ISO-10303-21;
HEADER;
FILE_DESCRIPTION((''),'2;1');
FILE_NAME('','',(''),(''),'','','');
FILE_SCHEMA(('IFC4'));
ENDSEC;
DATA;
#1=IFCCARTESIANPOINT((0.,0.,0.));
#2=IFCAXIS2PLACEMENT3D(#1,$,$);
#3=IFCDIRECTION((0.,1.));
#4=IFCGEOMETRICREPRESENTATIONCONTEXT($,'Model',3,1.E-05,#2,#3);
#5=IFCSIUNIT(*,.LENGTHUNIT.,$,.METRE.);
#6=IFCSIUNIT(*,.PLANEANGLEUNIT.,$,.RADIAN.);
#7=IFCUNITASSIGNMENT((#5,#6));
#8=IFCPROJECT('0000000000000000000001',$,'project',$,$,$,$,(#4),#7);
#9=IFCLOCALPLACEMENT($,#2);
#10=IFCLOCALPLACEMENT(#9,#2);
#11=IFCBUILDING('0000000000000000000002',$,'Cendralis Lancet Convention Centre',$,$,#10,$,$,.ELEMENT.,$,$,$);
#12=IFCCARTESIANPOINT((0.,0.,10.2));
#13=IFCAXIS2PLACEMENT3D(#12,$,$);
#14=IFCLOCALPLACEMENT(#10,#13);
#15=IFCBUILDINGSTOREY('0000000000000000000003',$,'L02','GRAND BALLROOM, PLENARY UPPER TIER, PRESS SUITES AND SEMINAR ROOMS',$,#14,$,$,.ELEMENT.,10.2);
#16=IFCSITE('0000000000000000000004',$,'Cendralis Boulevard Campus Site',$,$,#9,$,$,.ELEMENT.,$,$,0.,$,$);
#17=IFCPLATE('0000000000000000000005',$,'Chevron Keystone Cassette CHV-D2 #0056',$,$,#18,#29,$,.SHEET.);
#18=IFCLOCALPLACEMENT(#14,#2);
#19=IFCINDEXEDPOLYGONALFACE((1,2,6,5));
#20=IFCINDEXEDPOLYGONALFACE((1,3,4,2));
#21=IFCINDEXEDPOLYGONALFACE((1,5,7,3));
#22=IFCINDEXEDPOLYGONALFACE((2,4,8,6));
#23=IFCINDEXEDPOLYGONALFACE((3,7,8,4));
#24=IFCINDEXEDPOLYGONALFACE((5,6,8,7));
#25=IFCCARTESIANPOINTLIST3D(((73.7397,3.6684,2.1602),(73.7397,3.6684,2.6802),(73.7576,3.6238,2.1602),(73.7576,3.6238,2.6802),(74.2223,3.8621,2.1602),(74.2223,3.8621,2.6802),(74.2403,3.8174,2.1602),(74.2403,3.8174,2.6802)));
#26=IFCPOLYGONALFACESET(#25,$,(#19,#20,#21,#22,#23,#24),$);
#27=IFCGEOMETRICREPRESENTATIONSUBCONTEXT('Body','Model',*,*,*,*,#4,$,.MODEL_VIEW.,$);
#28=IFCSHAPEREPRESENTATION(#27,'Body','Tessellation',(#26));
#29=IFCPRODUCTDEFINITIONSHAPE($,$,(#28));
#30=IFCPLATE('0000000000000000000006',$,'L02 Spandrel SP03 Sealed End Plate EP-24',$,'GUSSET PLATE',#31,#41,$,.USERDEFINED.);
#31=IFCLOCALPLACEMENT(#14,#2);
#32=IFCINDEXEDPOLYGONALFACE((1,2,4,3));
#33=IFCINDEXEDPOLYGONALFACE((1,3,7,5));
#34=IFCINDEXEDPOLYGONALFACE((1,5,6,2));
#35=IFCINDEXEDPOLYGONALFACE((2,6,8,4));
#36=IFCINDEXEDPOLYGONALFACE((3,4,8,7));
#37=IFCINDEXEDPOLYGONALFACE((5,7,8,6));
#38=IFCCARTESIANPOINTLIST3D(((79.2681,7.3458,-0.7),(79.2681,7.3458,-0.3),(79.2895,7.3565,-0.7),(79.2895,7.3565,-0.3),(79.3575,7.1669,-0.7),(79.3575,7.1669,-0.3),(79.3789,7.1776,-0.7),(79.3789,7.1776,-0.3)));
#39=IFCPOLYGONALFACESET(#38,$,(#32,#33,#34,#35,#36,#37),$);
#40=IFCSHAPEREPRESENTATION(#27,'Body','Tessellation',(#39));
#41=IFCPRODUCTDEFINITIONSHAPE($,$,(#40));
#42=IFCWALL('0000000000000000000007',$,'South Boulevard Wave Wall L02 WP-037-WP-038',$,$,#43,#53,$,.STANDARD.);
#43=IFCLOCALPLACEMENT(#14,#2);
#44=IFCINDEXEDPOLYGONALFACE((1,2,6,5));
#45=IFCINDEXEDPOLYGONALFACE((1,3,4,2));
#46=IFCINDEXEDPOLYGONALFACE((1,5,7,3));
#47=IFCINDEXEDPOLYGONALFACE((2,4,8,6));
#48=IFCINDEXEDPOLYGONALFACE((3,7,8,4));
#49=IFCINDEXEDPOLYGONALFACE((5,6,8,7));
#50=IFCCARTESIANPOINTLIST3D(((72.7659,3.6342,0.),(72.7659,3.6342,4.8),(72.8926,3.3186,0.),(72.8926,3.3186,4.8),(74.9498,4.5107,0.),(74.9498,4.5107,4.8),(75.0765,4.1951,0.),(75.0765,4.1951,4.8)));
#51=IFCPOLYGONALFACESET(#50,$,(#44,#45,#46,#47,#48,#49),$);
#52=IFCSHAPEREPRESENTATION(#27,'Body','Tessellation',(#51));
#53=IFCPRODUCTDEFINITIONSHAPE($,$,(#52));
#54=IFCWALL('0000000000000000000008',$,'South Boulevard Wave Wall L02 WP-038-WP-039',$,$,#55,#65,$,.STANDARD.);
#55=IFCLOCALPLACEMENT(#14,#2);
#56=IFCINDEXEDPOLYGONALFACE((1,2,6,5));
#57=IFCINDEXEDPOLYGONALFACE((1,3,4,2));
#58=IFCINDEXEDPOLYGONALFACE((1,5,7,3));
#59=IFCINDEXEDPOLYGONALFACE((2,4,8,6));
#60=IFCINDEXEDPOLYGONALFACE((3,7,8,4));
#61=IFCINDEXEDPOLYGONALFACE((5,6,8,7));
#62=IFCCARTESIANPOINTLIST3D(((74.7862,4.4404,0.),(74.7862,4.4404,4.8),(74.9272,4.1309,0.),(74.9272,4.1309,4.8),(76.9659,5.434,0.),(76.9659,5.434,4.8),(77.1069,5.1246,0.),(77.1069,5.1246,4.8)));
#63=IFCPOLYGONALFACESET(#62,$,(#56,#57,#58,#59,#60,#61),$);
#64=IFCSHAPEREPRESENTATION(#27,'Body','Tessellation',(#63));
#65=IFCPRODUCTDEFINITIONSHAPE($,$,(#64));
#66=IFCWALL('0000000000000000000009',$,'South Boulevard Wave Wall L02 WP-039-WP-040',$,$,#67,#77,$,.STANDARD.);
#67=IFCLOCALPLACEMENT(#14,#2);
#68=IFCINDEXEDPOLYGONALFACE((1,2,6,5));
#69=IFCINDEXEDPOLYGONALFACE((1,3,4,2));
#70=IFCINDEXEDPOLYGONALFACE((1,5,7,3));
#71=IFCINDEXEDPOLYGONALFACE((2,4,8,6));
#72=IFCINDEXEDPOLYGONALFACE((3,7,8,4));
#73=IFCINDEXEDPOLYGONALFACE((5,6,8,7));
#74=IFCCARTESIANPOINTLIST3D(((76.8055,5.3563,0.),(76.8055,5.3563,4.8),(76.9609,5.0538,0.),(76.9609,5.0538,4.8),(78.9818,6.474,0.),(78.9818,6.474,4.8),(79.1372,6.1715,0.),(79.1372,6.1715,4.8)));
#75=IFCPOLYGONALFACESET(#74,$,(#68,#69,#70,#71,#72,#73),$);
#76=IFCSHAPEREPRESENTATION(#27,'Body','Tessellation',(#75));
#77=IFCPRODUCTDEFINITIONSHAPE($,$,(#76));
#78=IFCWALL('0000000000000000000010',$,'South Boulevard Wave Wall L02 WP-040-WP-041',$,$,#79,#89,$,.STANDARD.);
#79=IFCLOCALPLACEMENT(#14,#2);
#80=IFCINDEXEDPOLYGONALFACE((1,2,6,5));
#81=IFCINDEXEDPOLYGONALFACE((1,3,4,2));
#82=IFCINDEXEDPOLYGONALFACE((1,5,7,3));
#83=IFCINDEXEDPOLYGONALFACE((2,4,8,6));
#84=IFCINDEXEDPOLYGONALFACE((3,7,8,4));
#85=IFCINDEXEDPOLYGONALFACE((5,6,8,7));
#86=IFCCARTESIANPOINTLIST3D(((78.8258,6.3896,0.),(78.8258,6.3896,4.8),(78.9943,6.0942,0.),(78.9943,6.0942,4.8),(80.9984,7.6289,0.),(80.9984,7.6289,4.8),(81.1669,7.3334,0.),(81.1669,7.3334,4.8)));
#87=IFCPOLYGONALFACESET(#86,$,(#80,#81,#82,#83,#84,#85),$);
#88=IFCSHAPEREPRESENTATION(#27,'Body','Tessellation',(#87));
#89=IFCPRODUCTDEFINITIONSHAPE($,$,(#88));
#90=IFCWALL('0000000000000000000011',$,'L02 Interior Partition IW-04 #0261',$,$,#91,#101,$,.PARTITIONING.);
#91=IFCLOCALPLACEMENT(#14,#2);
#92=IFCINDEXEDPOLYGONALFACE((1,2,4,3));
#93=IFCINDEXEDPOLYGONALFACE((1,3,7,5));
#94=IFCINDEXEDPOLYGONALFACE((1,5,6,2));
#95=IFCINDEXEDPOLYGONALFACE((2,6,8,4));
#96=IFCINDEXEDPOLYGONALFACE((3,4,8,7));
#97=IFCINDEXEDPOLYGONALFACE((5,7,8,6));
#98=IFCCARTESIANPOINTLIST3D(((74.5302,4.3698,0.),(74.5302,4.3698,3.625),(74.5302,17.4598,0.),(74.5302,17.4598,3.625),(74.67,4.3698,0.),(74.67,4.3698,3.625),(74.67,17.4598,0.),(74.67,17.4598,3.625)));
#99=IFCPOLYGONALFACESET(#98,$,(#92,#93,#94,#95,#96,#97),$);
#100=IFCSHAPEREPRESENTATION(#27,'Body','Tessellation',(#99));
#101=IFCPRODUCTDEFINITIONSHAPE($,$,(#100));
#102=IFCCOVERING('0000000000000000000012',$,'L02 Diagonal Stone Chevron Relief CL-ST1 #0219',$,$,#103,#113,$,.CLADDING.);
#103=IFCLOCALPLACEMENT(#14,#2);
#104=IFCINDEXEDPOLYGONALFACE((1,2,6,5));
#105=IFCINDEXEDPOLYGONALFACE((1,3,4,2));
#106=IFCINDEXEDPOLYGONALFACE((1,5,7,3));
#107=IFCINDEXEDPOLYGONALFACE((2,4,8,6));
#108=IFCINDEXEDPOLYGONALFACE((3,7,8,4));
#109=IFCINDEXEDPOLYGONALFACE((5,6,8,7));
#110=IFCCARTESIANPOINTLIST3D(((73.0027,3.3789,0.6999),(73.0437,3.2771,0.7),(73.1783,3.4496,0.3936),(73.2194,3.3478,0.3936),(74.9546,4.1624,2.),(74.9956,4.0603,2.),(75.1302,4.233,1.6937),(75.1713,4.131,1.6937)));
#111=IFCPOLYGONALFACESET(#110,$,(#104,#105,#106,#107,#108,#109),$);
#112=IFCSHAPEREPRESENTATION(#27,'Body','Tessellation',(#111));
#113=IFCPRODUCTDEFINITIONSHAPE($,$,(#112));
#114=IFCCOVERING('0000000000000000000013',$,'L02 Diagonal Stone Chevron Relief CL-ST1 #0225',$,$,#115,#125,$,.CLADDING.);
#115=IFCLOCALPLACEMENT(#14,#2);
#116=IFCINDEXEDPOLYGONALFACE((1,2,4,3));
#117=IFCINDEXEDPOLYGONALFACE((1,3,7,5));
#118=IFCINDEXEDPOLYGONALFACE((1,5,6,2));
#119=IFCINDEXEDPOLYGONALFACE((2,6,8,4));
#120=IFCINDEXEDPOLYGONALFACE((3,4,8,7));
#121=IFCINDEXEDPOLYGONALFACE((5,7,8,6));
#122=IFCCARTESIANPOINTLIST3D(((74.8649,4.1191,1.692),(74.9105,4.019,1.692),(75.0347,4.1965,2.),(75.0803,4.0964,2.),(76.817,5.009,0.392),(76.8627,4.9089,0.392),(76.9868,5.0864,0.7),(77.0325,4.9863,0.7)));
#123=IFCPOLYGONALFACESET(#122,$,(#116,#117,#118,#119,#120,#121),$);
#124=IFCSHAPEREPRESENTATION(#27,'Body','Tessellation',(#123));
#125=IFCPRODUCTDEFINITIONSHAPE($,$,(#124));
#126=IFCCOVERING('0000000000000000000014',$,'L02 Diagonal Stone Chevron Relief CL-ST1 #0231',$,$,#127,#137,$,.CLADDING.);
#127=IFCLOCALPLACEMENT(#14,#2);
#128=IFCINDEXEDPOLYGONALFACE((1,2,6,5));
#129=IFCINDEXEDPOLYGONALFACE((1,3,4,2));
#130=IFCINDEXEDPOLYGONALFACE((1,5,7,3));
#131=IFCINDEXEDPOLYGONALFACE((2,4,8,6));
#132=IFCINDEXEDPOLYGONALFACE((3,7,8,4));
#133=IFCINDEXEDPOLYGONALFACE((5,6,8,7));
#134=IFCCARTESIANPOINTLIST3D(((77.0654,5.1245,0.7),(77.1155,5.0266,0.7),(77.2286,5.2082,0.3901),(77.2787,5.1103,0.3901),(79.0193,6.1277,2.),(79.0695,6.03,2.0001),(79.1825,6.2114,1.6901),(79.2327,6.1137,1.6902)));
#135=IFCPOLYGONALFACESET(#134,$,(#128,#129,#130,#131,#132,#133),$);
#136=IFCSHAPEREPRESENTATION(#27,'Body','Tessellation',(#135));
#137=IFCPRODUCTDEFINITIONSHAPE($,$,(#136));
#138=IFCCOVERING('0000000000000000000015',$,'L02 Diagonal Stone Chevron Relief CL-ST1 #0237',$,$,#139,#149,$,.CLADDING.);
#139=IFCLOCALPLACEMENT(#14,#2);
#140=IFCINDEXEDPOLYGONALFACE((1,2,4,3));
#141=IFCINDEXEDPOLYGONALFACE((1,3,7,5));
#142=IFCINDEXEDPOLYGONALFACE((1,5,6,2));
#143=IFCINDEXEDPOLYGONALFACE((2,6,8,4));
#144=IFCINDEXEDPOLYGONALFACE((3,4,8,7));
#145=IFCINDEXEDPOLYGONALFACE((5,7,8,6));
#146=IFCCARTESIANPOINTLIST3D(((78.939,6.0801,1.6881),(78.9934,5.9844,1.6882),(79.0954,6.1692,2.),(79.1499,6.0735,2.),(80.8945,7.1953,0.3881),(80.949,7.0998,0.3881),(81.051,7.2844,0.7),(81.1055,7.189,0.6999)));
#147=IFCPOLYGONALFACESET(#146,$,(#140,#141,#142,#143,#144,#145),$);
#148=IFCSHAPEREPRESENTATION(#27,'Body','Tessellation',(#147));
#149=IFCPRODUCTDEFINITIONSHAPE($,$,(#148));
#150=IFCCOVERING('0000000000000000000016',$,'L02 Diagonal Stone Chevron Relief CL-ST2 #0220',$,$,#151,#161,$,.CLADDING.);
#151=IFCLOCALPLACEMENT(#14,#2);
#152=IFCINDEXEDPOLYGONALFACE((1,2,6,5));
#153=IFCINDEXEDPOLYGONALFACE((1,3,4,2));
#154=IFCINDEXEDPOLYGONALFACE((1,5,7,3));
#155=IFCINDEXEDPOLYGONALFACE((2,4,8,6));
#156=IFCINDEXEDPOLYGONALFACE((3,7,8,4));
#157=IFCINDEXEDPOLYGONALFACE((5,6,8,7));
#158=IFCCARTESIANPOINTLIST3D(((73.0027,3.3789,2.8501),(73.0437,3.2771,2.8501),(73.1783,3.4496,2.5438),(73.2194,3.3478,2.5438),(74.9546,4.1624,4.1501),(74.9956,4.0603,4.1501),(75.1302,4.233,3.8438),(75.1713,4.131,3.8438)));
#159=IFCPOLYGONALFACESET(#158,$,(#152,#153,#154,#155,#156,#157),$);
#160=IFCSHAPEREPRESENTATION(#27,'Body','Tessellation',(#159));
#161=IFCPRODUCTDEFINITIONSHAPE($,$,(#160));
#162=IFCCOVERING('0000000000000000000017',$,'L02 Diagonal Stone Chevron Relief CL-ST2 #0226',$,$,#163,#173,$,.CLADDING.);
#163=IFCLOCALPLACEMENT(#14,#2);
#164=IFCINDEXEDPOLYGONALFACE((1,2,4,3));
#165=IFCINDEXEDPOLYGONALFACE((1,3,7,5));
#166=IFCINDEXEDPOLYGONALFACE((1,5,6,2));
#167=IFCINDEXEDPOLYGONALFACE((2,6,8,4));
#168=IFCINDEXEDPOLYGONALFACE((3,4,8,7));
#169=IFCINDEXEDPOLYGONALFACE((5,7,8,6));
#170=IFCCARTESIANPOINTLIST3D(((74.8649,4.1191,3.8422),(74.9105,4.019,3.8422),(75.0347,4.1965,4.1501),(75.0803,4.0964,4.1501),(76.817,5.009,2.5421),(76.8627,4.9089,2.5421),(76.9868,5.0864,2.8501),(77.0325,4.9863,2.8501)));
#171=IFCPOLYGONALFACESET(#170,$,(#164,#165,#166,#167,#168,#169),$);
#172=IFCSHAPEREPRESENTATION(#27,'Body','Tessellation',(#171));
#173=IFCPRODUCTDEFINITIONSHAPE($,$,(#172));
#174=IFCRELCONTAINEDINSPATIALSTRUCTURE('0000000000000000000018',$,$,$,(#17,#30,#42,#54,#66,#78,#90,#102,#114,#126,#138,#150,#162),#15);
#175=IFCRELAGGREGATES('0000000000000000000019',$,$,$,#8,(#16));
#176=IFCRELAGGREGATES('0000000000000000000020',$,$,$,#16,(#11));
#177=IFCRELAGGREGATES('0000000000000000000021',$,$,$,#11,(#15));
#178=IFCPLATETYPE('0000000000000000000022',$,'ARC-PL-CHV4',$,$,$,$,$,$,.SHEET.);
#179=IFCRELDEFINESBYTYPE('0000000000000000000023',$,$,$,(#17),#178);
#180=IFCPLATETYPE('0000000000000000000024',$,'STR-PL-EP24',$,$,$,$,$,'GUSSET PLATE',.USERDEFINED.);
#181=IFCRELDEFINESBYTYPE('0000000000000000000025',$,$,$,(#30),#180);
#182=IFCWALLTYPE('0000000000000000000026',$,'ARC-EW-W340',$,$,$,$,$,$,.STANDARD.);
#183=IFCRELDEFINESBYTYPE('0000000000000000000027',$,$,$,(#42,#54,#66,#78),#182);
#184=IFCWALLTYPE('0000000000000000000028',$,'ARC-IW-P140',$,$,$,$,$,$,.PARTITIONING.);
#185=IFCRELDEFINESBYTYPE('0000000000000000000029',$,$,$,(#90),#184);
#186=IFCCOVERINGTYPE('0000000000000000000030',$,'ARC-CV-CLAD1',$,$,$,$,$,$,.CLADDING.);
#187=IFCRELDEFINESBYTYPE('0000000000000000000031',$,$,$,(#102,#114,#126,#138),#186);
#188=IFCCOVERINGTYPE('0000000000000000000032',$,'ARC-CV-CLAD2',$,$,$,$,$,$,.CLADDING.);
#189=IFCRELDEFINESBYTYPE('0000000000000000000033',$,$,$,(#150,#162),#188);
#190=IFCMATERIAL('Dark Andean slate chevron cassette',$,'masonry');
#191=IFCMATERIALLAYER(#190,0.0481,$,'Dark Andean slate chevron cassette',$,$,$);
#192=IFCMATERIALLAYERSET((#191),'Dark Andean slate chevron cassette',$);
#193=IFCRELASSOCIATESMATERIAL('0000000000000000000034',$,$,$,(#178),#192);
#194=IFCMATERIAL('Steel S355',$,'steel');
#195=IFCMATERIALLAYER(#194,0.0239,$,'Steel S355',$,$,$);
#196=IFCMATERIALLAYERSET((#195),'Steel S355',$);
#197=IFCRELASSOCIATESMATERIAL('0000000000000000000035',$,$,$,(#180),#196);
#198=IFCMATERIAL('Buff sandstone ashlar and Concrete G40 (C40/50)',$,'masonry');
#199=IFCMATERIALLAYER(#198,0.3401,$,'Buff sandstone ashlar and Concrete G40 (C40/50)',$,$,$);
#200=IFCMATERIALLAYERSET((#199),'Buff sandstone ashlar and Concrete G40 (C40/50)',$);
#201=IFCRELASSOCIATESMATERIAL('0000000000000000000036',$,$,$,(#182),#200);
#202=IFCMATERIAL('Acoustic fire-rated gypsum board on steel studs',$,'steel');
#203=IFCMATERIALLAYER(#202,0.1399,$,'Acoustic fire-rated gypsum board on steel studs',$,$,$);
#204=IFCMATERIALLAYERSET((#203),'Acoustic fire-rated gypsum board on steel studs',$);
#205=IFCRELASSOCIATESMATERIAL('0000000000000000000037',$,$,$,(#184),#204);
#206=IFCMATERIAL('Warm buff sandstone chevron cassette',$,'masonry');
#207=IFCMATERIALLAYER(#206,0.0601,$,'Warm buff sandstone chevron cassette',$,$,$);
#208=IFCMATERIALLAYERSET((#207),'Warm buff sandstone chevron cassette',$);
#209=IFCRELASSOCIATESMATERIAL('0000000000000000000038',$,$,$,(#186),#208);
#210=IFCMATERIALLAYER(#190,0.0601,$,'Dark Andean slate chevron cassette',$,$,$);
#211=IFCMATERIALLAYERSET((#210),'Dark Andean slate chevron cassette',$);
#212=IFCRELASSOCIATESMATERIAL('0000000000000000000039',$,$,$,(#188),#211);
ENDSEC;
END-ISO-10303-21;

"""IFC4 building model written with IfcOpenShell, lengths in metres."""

from ifc_helpers import new_model, si_unit, direction, frame, frame_2d, origin, origin_2d, place, context, subcontext, project, spatial, polyline, rectangle, outline, extrude, material, layer, layer_set, type_object, element, save


model = new_model("IFC4")

# Units and contexts
model_context = context("Model", 3, precision=1e-05, world=origin(), true_north=direction((0.0, 1.0)))
body_context = subcontext(model_context, "Body", "Model", "MODEL_VIEW")
ifc_project = project(units=[si_unit("LENGTHUNIT", "METRE"), si_unit("PLANEANGLEUNIT", "RADIAN")], contexts=[model_context])

# Site, building, storey
site_placement = place(None, origin())
site = spatial("IfcSite", under=ifc_project, at=site_placement, Name="Cendralis Boulevard Campus Site", CompositionType="ELEMENT", RefElevation=0.0)
building_placement = place(site_placement, origin())
building = spatial("IfcBuilding", under=site, at=building_placement, Name="Cendralis Lancet Convention Centre", CompositionType="ELEMENT")
storey_placement = place(building_placement, frame((0.0, 0.0, 10.2)))
storey = spatial("IfcBuildingStorey", under=building, at=storey_placement, Name="L02", Description="GRAND BALLROOM, PLENARY UPPER TIER, PRESS SUITES AND SEMINAR ROOMS", CompositionType="ELEMENT", Elevation=10.2)

# Shared definitions
ifc_material_1 = material(Name="Steel S355", Category="steel")

# Plates
ifc_material_2 = material(Name="Warm buff sandstone chevron cassette", Category="masonry")
ifc_material_3 = material(Name="Dark Andean slate chevron cassette", Category="masonry")
ifc_layer_1 = layer(ifc_material_3, 0.0481, Name="Dark Andean slate chevron cassette")
ifc_layer_set_1 = layer_set([ifc_layer_1], Name="Dark Andean slate chevron cassette")
plate_type_1 = type_object("IfcPlateType", Name="ARC-PL-CHV4", PredefinedType="SHEET", material=ifc_layer_set_1)
plate_1_placement = place(storey_placement, frame((73.99, 3.7429, 2.1602), z_axis=(0.0, 0.0, 1.0), x_axis=(0.928064, 0.372421, 0.0)))
element("IfcPlate", 1, at=plate_1_placement, inside=storey, type_object=plate_type_1, Name="Chevron Keystone Cassette CHV-D2 #0056", PredefinedType="SHEET", context=body_context, shape_type="SweptSolid", body=[
    extrude(rectangle(XDim=0.52, YDim=0.0481, at=origin_2d()), origin(), (0.0, 0.0, 1.0), 0.52),
])
ifc_layer_2 = layer(ifc_material_1, 0.0239, Name="Steel S355")
ifc_layer_set_2 = layer_set([ifc_layer_2], Name="Steel S355")
plate_type_2 = type_object("IfcPlateType", Name="STR-PL-EP24", ElementType="GUSSET PLATE", PredefinedType="USERDEFINED", material=ifc_layer_set_2)
plate_2_placement = place(storey_placement, frame((79.3235, 7.2617, -0.7), z_axis=(0.0, 0.0, 1.0), x_axis=(0.894427, 0.447214, 0.0)))
element("IfcPlate", 2, at=plate_2_placement, inside=storey, type_object=plate_type_2, Name="L02 Spandrel SP03 Sealed End Plate EP-24", ObjectType="GUSSET PLATE", PredefinedType="USERDEFINED", context=body_context, shape_type="SweptSolid", body=[
    extrude(rectangle(XDim=0.0239, YDim=0.2, at=origin_2d()), origin(), (0.0, 0.0, 1.0), 0.3999),
])

# Walls
ifc_material_4 = material(Name="Buff sandstone ashlar and Concrete G40 (C40/50)", Category="masonry")
ifc_layer_3 = layer(ifc_material_4, 0.3401, Name="Buff sandstone ashlar and Concrete G40 (C40/50)")
ifc_layer_set_3 = layer_set([ifc_layer_3], Name="Buff sandstone ashlar and Concrete G40 (C40/50)")
wall_type_1 = type_object("IfcWallType", Name="ARC-EW-W340", PredefinedType="STANDARD", material=ifc_layer_set_3)
wall_1_placement = place(storey_placement, frame((72.8291, 3.4763, 0.0), z_axis=(0.0, 0.0, 1.0), x_axis=(0.928047, 0.372464, 0.0)))
element("IfcWall", 3, at=wall_1_placement, inside=storey, type_object=wall_type_1, Name="South Boulevard Wave Wall L02 WP-037-WP-038", PredefinedType="STANDARD", context=body_context, shape_type="SweptSolid", body=[
    extrude(rectangle(XDim=2.3533, YDim=0.3401, at=frame_2d((1.1768, 0.0))), origin(), (0.0, 0.0, 1.0), 4.8),
])
wall_2_placement = place(storey_placement, frame((74.8567, 4.2856, 0.0), z_axis=(0.0, 0.0, 1.0), x_axis=(0.909912, 0.414801, 0.0)))
element("IfcWall", 4, at=wall_2_placement, inside=storey, type_object=wall_type_1, Name="South Boulevard Wave Wall L02 WP-038-WP-039", PredefinedType="STANDARD", context=body_context, shape_type="SweptSolid", body=[
    extrude(rectangle(XDim=2.3955, YDim=0.3401, at=frame_2d((1.1978, 0.0))), origin(), (0.0, 0.0, 1.0), 4.8),
])
wall_3_placement = place(storey_placement, frame((76.8833, 5.2051, 0.0), z_axis=(0.0, 0.0, 1.0), x_axis=(0.889545, 0.456847, 0.0)))
element("IfcWall", 5, at=wall_3_placement, inside=storey, type_object=wall_type_1, Name="South Boulevard Wave Wall L02 WP-039-WP-040", PredefinedType="STANDARD", context=body_context, shape_type="SweptSolid", body=[
    extrude(rectangle(XDim=2.4465, YDim=0.3401, at=frame_2d((1.2231, 0.0))), origin(), (0.0, 0.0, 1.0), 4.8),
])
wall_4_placement = place(storey_placement, frame((78.9102, 6.2419, 0.0), z_axis=(0.0, 0.0, 1.0), x_axis=(0.868627, 0.495466, 0.0)))
element("IfcWall", 6, at=wall_4_placement, inside=storey, type_object=wall_type_1, Name="South Boulevard Wave Wall L02 WP-040-WP-041", PredefinedType="STANDARD", context=body_context, shape_type="SweptSolid", body=[
    extrude(rectangle(XDim=2.5012, YDim=0.3401, at=frame_2d((1.2505, 0.0))), origin(), (0.0, 0.0, 1.0), 4.8),
])
ifc_material_5 = material(Name="Acoustic fire-rated gypsum board on steel studs", Category="steel")
ifc_layer_4 = layer(ifc_material_5, 0.1399, Name="Acoustic fire-rated gypsum board on steel studs")
ifc_layer_set_4 = layer_set([ifc_layer_4], Name="Acoustic fire-rated gypsum board on steel studs")
wall_type_2 = type_object("IfcWallType", Name="ARC-IW-P140", PredefinedType="PARTITIONING", material=ifc_layer_set_4)
wall_5_placement = place(storey_placement, frame((74.6001, 4.3699, 0.0), z_axis=(0.0, 0.0, 1.0), x_axis=(0.0, 1.0, 0.0)))
element("IfcWall", 7, at=wall_5_placement, inside=storey, type_object=wall_type_2, Name="L02 Interior Partition IW-04 #0261", PredefinedType="PARTITIONING", context=body_context, shape_type="SweptSolid", body=[
    extrude(rectangle(XDim=13.0901, YDim=0.1399, at=frame_2d((6.5449, 0.0))), origin(), (0.0, 0.0, 1.0), 3.625),
])

# Coverings
ifc_layer_5 = layer(ifc_material_2, 0.0601, Name="Warm buff sandstone chevron cassette")
ifc_layer_set_5 = layer_set([ifc_layer_5], Name="Warm buff sandstone chevron cassette")
covering_type_1 = type_object("IfcCoveringType", Name="ARC-CV-CLAD1", PredefinedType="CLADDING", material=ifc_layer_set_5)
covering_1_placement = place(storey_placement, frame((73.0437, 3.2771, 0.7), z_axis=(-0.487776, -0.196279, 0.850617), x_axis=(0.789437, 0.316762, 0.525786)))
element("IfcCovering", 8, at=covering_1_placement, inside=storey, type_object=covering_type_1, Name="L02 Diagonal Stone Chevron Relief CL-ST1 #0219", PredefinedType="CLADDING", context=body_context, shape_type="SweptSolid", body=[
    extrude(outline(polyline([(0.0, 0.0), (2.4725, 0.0), (2.4725, 0.11), (-0.0001, 0.1098), (0.0, 0.0)])), origin(), (0.0, 0.0, -1.0), 0.3601),
])
covering_2_placement = place(storey_placement, frame((75.0803, 4.0964, 2.0), z_axis=(0.471515, 0.215057, 0.855233), x_axis=(0.778192, 0.354741, -0.518243)))
element("IfcCovering", 9, at=covering_2_placement, inside=storey, type_object=covering_type_1, Name="L02 Diagonal Stone Chevron Relief CL-ST1 #0225", PredefinedType="CLADDING", context=body_context, shape_type="SweptSolid", body=[
    extrude(outline(polyline([(0.0, 0.0), (2.5086, 0.0), (2.5086, 0.11), (0.0, 0.11), (0.0, 0.0)])), origin(), (0.0, 0.0, -1.0), 0.3601),
])
covering_3_placement = place(storey_placement, frame((77.1155, 5.0266, 0.7), z_axis=(-0.453169, -0.232525, 0.860564), x_axis=(0.765535, 0.393097, 0.509343)))
element("IfcCovering", 10, at=covering_3_placement, inside=storey, type_object=covering_type_1, Name="L02 Diagonal Stone Chevron Relief CL-ST1 #0231", PredefinedType="CLADDING", context=body_context, shape_type="SweptSolid", body=[
    extrude(outline(polyline([(0.0, 0.0), (2.5525, 0.0), (2.5524, 0.1098), (0.0002, 0.11), (0.0, 0.0)])), origin(), (0.0, 0.0, -1.0), 0.3601),
])
covering_4_placement = place(storey_placement, frame((79.1499, 6.0735, 2.0), z_axis=(0.434531, 0.247511, 0.86598), x_axis=(0.75221, 0.42907, -0.500078)))
element("IfcCovering", 11, at=covering_4_placement, inside=storey, type_object=covering_type_1, Name="L02 Diagonal Stone Chevron Relief CL-ST1 #0237", PredefinedType="CLADDING", context=body_context, shape_type="SweptSolid", body=[
    extrude(outline(polyline([(0.0, 0.0), (2.5997, 0.0), (2.5997, 0.1099), (0.0001, 0.1101), (0.0, 0.0)])), origin(), (0.0, 0.0, -1.0), 0.3601),
])
ifc_layer_6 = layer(ifc_material_3, 0.0601, Name="Dark Andean slate chevron cassette")
ifc_layer_set_6 = layer_set([ifc_layer_6], Name="Dark Andean slate chevron cassette")
covering_type_2 = type_object("IfcCoveringType", Name="ARC-CV-CLAD2", PredefinedType="CLADDING", material=ifc_layer_set_6)
covering_5_placement = place(storey_placement, frame((73.0437, 3.2771, 2.8501), z_axis=(-0.487776, -0.196279, 0.850617), x_axis=(0.789437, 0.316762, 0.525786)))
element("IfcCovering", 12, at=covering_5_placement, inside=storey, type_object=covering_type_2, Name="L02 Diagonal Stone Chevron Relief CL-ST2 #0220", PredefinedType="CLADDING", context=body_context, shape_type="SweptSolid", body=[
    extrude(outline(polyline([(0.0, 0.0), (2.4725, 0.0), (2.4725, 0.11), (-0.0001, 0.1098), (0.0, 0.0)])), origin(), (0.0, 0.0, -1.0), 0.3601),
])
covering_6_placement = place(storey_placement, frame((75.0803, 4.0964, 4.1501), z_axis=(0.471515, 0.215057, 0.855233), x_axis=(0.778192, 0.354741, -0.518243)))
element("IfcCovering", 13, at=covering_6_placement, inside=storey, type_object=covering_type_2, Name="L02 Diagonal Stone Chevron Relief CL-ST2 #0226", PredefinedType="CLADDING", context=body_context, shape_type="SweptSolid", body=[
    extrude(outline(polyline([(0.0, 0.0), (2.5086, 0.0), (2.5086, 0.11), (0.0, 0.11), (0.0, 0.0)])), origin(), (0.0, 0.0, -1.0), 0.3601),
])

save(model, "model.ifc")
